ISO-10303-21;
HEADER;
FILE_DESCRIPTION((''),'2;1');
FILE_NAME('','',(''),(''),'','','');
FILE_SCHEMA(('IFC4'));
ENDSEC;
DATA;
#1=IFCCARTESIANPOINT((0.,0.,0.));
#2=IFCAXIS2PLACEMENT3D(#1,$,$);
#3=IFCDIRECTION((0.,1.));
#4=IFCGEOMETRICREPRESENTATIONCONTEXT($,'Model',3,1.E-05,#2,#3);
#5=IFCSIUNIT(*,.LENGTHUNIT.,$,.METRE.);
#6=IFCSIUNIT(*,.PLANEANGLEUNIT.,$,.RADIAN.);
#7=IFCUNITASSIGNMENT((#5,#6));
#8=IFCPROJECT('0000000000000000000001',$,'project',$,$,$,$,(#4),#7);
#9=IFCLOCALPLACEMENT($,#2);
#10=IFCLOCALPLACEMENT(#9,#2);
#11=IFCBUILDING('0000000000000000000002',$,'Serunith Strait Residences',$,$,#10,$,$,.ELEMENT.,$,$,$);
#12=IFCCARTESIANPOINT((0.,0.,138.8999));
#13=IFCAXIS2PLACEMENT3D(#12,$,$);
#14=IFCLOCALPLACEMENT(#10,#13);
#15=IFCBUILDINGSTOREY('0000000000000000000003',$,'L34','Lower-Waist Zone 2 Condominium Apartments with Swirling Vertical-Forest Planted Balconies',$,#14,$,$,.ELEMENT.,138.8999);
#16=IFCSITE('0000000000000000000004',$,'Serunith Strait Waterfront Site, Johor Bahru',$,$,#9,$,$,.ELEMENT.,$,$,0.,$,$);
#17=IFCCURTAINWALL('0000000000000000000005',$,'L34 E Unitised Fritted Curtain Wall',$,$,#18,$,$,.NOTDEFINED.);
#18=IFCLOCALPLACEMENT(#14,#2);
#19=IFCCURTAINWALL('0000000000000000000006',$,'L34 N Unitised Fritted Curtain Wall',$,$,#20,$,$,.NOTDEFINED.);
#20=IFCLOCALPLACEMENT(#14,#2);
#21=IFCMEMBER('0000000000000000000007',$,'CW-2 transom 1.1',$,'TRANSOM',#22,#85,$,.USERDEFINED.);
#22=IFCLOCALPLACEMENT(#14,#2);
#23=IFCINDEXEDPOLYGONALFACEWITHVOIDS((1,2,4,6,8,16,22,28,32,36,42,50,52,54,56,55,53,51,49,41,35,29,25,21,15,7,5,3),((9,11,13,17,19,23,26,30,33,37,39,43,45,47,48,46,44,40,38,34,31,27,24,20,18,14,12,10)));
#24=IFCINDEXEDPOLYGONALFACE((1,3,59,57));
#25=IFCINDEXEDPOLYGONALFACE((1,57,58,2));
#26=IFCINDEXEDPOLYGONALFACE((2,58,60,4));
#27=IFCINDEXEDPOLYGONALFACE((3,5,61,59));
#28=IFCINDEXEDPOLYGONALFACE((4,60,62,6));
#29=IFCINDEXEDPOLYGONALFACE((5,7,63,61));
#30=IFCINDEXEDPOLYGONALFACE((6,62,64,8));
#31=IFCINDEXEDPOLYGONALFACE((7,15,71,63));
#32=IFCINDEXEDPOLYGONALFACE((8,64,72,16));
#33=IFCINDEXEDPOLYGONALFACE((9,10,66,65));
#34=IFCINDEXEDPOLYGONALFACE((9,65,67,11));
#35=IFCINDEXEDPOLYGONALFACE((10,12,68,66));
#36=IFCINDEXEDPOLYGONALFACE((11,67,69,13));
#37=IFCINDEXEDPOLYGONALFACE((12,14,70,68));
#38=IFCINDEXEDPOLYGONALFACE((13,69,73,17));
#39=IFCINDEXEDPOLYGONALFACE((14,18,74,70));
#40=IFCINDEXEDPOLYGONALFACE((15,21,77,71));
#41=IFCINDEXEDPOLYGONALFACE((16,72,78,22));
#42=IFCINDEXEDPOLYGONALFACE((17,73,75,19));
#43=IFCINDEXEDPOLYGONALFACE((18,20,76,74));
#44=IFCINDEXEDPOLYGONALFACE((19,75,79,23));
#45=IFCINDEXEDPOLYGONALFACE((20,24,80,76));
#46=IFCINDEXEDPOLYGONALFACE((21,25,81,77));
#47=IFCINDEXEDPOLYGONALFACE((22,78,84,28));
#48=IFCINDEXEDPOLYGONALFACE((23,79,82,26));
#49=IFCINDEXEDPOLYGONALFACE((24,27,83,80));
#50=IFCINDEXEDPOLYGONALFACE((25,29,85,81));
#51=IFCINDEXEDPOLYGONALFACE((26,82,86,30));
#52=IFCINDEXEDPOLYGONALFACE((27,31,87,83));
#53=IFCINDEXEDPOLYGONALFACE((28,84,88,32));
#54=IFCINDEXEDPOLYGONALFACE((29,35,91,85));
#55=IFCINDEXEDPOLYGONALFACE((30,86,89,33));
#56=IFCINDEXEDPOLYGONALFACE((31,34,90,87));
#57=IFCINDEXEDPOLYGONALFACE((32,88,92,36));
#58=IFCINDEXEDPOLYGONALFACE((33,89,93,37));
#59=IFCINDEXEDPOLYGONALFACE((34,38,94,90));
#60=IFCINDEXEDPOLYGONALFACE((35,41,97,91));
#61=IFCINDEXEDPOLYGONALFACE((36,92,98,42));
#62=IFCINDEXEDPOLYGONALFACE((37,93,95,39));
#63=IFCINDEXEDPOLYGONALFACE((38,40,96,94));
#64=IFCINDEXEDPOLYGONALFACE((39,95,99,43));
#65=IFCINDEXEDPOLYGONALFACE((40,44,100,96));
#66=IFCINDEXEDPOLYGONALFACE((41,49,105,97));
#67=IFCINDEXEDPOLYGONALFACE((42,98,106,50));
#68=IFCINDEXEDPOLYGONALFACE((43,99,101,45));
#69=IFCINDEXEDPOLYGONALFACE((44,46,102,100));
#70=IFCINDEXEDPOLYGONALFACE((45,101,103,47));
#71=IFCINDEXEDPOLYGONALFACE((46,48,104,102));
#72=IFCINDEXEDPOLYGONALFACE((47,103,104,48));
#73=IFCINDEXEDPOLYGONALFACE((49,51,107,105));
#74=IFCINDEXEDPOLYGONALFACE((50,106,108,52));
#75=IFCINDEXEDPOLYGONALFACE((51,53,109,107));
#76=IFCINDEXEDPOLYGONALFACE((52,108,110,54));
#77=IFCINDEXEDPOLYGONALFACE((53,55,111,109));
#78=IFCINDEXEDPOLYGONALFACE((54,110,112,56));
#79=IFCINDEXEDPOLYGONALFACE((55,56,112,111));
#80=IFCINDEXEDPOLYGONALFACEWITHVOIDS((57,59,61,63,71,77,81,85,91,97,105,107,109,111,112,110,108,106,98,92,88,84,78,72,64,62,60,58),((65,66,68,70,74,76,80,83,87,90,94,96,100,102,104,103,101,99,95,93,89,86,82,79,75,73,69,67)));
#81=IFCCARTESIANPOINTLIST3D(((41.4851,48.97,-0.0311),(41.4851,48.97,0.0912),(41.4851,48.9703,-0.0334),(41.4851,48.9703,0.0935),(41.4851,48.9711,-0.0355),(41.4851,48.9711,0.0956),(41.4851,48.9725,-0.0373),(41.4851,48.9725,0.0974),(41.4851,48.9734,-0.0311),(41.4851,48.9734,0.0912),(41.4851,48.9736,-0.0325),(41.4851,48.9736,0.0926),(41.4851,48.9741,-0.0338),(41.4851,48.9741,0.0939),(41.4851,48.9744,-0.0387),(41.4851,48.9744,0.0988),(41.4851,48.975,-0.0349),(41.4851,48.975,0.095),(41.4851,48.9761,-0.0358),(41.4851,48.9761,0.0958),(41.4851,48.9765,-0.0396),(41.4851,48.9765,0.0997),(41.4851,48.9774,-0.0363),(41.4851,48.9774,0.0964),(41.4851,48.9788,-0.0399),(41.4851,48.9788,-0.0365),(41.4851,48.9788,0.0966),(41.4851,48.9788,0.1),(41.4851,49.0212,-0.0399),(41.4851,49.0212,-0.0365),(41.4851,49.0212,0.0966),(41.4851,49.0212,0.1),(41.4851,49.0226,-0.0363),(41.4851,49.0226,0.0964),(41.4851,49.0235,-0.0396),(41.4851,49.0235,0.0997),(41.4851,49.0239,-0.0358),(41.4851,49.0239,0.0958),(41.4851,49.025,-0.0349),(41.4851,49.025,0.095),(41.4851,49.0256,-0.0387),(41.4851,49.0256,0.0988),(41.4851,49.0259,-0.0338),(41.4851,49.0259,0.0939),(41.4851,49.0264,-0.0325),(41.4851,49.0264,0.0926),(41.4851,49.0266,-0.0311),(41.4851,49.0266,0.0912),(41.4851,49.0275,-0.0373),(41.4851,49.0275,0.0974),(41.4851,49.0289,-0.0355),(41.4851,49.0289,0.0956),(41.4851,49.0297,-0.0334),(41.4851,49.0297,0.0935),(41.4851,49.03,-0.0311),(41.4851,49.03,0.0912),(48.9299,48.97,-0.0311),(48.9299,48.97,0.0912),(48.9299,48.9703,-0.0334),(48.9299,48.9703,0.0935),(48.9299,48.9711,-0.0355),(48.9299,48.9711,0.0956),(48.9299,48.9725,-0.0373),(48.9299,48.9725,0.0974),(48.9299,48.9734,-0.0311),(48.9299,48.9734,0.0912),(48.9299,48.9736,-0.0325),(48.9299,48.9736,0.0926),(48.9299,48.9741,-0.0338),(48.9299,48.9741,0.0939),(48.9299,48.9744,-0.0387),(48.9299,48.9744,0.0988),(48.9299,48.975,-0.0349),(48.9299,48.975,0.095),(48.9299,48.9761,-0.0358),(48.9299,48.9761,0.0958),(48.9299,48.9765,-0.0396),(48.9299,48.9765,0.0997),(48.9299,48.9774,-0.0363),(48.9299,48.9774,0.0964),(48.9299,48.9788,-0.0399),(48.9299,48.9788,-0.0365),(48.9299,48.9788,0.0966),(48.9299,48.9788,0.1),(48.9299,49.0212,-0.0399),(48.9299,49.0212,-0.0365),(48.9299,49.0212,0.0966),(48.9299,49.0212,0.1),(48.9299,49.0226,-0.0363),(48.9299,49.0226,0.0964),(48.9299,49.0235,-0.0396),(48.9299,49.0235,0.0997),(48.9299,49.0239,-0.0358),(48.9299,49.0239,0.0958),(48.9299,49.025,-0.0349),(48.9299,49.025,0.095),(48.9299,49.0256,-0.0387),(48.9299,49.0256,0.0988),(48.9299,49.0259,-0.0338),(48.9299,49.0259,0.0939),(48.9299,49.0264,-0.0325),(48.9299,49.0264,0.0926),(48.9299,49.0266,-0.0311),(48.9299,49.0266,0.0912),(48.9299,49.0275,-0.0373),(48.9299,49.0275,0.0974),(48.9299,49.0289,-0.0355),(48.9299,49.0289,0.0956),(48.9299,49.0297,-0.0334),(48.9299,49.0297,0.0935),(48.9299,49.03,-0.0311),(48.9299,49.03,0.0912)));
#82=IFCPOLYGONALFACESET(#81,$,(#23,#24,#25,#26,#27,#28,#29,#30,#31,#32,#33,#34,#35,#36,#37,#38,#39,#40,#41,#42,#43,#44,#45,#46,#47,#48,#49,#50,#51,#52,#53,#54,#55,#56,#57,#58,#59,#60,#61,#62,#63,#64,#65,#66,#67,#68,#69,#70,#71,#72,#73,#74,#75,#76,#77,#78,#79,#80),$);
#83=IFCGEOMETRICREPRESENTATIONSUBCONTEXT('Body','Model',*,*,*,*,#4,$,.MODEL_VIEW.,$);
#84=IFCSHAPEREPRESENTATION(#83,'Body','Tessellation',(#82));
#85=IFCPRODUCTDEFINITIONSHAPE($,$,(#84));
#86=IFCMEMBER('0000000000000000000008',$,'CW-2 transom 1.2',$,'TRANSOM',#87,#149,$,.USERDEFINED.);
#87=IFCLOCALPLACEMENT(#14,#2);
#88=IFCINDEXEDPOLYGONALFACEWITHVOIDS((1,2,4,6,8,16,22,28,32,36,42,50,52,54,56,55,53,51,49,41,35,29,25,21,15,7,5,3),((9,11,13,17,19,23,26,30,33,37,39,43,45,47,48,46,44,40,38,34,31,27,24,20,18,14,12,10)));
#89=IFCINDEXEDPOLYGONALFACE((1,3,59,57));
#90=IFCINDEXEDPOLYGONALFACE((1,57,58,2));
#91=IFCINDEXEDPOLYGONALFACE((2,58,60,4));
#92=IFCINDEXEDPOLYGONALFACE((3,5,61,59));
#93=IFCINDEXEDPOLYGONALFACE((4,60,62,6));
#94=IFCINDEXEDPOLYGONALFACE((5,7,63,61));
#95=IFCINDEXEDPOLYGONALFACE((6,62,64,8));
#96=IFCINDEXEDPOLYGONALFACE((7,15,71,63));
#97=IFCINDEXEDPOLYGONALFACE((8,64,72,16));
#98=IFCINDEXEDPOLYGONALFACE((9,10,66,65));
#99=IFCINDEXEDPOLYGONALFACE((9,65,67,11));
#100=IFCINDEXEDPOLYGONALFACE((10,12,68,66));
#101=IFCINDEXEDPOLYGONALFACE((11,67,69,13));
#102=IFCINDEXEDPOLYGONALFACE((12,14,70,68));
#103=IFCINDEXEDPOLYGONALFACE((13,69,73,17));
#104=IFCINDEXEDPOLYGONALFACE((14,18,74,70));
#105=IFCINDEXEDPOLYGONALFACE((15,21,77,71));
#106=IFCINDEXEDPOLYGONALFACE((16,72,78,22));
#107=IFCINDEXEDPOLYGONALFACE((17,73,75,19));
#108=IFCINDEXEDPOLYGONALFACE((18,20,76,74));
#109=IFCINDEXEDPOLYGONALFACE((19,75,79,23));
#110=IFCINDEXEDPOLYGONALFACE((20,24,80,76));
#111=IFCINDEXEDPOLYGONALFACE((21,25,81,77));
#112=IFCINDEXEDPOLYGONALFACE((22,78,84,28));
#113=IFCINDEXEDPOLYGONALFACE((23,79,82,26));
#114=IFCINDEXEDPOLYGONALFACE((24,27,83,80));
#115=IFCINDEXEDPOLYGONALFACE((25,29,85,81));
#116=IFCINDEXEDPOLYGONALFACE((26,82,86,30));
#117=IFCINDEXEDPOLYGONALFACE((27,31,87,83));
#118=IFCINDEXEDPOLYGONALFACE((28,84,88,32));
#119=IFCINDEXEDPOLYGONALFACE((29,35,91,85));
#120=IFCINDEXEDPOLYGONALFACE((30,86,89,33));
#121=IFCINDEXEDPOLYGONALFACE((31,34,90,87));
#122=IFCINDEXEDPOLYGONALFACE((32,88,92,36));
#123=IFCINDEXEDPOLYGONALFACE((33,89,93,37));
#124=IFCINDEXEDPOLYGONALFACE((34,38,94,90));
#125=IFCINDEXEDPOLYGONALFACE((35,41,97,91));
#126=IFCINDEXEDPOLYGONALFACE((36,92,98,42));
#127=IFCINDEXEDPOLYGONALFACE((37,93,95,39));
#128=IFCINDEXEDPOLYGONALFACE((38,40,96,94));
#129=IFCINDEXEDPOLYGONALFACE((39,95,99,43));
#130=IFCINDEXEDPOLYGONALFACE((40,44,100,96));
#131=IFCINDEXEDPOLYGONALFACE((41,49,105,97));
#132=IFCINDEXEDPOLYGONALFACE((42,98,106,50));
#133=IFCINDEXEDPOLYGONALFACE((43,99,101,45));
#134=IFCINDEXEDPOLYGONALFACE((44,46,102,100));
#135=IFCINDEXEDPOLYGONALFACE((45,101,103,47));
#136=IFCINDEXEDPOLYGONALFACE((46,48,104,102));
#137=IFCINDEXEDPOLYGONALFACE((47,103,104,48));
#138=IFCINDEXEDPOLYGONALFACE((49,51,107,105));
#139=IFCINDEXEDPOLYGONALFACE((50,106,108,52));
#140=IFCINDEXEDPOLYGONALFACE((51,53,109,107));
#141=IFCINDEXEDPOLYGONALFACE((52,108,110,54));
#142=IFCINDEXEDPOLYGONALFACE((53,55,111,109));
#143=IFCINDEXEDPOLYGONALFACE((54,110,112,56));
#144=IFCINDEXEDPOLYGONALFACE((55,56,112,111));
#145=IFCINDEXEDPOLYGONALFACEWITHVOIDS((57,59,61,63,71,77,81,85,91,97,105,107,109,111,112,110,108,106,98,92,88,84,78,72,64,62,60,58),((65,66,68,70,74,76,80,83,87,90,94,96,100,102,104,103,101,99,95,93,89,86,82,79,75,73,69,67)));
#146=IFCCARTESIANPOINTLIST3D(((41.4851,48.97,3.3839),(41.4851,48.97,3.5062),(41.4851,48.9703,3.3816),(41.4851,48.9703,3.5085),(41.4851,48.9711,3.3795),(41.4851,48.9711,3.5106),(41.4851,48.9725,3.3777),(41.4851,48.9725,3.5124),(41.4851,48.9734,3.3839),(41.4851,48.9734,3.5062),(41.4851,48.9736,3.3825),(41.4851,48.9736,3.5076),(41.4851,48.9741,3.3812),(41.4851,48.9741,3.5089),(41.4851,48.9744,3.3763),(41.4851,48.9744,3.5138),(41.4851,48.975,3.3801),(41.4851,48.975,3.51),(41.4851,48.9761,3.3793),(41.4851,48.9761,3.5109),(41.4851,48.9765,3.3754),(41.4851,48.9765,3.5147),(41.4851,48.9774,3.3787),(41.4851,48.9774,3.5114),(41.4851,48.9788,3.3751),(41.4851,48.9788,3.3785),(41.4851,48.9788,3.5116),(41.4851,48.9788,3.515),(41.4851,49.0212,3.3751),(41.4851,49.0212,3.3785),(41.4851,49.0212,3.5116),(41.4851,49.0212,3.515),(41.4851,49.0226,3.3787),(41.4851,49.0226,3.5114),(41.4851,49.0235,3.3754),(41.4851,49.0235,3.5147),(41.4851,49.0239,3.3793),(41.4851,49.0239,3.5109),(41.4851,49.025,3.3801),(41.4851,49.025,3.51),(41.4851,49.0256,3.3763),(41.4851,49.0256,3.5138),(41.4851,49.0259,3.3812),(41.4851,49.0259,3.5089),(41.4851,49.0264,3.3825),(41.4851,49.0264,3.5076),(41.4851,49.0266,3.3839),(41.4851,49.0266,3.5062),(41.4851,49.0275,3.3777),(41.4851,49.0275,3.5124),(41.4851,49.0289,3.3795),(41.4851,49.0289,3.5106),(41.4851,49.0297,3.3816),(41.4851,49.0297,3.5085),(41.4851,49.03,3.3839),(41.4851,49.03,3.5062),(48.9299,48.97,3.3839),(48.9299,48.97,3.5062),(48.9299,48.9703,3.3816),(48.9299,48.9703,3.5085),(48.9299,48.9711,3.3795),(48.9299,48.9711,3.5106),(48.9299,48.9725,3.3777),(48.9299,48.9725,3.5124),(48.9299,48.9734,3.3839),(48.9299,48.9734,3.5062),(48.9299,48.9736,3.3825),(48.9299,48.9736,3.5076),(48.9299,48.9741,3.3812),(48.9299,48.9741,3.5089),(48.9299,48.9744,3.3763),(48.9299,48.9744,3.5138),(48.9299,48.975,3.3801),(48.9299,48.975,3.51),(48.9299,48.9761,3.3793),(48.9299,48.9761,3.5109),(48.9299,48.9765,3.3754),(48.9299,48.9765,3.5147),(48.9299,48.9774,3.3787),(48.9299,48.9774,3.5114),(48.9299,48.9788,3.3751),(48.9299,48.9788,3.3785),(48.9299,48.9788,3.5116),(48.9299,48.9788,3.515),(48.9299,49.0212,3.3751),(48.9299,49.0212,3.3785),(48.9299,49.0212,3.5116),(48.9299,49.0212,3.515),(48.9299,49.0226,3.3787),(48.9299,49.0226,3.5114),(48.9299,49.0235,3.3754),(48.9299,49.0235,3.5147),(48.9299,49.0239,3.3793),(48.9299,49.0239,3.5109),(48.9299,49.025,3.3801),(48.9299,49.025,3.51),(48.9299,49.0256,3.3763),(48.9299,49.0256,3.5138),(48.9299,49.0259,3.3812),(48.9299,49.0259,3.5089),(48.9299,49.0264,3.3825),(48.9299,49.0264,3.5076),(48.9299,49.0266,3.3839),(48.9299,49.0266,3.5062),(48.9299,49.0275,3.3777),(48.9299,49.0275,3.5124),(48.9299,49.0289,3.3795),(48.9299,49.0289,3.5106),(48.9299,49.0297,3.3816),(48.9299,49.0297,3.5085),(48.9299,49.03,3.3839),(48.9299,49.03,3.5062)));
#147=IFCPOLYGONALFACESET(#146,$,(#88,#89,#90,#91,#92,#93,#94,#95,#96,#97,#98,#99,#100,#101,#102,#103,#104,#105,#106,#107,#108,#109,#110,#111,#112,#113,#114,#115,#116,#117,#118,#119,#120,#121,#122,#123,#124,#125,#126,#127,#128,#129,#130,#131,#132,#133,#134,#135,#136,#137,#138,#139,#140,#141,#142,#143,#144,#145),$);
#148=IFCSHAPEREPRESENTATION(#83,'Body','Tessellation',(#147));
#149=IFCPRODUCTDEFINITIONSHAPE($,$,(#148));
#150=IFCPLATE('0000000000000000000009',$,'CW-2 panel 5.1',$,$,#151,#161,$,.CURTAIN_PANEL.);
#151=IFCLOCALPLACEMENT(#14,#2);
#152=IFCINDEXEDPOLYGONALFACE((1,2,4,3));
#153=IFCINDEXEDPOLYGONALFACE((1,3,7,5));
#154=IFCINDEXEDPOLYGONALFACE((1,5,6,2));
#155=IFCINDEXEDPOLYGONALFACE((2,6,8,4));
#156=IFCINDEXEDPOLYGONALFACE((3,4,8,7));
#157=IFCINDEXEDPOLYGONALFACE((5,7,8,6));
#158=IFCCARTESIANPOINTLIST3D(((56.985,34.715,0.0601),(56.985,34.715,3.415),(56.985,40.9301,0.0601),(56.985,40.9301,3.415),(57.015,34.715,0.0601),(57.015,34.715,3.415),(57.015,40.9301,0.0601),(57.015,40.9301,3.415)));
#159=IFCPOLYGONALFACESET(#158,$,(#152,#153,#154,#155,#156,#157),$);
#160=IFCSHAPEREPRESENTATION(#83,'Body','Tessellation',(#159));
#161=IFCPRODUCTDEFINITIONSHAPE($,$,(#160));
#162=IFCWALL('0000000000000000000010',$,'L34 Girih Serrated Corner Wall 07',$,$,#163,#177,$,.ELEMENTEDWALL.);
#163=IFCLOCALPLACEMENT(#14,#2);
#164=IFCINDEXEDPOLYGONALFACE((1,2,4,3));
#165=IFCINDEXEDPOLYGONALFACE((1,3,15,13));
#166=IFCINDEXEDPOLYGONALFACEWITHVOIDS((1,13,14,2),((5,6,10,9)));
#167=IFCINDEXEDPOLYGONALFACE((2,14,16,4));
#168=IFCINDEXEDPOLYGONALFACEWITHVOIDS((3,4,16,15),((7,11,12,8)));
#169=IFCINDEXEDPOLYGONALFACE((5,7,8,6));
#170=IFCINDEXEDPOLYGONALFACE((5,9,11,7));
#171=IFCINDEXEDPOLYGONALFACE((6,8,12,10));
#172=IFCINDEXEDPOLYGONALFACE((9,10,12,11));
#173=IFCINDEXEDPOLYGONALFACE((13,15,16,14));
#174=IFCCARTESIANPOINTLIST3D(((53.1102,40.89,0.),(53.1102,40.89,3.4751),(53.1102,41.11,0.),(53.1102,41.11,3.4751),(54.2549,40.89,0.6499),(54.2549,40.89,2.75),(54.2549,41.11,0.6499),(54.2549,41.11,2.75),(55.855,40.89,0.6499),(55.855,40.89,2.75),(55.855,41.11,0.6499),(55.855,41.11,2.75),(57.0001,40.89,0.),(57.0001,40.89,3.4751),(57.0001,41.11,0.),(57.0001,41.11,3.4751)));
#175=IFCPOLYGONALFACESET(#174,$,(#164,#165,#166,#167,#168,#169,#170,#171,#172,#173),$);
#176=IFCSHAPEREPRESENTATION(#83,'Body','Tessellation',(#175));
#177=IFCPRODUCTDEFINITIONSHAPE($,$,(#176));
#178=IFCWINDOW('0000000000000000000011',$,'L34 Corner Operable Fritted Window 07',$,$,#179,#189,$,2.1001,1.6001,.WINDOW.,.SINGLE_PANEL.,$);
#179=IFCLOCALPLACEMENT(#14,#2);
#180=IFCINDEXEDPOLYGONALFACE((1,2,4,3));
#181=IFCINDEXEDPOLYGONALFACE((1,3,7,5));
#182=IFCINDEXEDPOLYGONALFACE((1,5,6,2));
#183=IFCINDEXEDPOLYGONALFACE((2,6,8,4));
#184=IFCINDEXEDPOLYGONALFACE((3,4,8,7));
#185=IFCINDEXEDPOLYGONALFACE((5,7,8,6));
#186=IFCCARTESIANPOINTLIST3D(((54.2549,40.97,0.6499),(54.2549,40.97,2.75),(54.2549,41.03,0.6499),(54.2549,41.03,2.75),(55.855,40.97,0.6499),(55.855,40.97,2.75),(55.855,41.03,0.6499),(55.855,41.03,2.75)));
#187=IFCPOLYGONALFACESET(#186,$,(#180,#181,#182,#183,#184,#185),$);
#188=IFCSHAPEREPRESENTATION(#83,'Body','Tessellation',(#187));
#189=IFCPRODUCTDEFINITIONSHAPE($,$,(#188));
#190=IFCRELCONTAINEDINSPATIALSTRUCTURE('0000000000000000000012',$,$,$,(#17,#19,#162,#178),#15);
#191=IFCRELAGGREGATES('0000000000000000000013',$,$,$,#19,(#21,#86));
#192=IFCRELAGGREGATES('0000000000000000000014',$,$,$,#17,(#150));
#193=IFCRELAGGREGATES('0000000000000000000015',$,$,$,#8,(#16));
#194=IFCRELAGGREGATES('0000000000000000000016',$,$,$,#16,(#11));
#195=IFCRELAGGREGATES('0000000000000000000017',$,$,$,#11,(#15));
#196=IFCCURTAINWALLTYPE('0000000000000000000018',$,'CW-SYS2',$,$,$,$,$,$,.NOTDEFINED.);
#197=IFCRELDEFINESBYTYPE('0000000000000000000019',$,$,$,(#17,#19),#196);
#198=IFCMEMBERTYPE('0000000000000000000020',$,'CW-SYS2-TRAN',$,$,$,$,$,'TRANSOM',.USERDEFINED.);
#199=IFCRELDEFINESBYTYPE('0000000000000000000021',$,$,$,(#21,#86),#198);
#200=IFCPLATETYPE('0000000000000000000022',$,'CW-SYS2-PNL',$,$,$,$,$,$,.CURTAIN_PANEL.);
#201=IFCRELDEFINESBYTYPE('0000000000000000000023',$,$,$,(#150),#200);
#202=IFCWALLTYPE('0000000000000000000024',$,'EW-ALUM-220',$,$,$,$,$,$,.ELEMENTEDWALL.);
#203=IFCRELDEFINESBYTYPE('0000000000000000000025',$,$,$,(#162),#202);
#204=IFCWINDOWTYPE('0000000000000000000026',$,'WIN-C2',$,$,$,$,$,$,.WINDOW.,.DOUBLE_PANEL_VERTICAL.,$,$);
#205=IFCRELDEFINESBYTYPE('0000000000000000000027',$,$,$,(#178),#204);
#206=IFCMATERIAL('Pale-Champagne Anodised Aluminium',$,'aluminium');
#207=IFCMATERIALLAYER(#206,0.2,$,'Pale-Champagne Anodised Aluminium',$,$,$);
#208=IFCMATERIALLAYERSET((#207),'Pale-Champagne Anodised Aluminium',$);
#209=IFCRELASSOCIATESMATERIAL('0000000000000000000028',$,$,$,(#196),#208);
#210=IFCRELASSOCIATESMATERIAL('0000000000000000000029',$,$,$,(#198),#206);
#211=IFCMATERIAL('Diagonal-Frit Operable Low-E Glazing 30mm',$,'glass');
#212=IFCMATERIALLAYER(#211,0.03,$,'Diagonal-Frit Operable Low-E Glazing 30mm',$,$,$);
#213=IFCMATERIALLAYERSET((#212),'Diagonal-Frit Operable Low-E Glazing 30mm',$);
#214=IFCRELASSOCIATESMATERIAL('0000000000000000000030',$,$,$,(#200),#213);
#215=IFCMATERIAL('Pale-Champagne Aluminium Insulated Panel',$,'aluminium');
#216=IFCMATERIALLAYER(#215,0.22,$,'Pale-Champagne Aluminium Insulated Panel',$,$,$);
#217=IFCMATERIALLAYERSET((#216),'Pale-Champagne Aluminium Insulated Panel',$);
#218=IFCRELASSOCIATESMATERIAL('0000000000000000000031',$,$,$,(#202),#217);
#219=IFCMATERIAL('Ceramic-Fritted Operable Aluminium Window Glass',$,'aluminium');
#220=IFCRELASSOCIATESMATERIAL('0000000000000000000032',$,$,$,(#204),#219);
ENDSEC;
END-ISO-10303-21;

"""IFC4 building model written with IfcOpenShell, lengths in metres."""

from ifc_helpers import new_model, si_unit, direction, frame, frame_2d, origin, origin_2d, place, context, subcontext, project, spatial, rectangle, hollow_rectangle, extrude, source, transform, mapped, material, layer, layer_set, material_profile, profile_set, type_object, element, fill, aggregate, save


model = new_model("IFC4")

# Units and contexts
model_context = context("Model", 3, precision=1e-05, world=origin(), true_north=direction((0.0, 1.0)))
body_context = subcontext(model_context, "Body", "Model", "MODEL_VIEW")
ifc_project = project(units=[si_unit("LENGTHUNIT", "METRE"), si_unit("PLANEANGLEUNIT", "RADIAN")], contexts=[model_context])

# Site, building, storey
site_placement = place(None, origin())
site = spatial("IfcSite", under=ifc_project, at=site_placement, Name="Serunith Strait Waterfront Site, Johor Bahru", CompositionType="ELEMENT", RefElevation=0.0)
building_placement = place(site_placement, origin())
building = spatial("IfcBuilding", under=site, at=building_placement, Name="Serunith Strait Residences", CompositionType="ELEMENT")
storey_placement = place(building_placement, frame((0.0, 0.0, 138.8999)))
storey = spatial("IfcBuildingStorey", under=building, at=storey_placement, Name="L34", Description="Lower-Waist Zone 2 Condominium Apartments with Swirling Vertical-Forest Planted Balconies", CompositionType="ELEMENT", Elevation=138.8999)

# Curtain wall
ifc_material_1 = material(Name="Pale-Champagne Anodised Aluminium", Category="aluminium")
ifc_layer_1 = layer(ifc_material_1, 0.2, Name="Pale-Champagne Anodised Aluminium")
ifc_layer_set_1 = layer_set([ifc_layer_1], Name="Pale-Champagne Anodised Aluminium")
curtain_wall_type = type_object("IfcCurtainWallType", Name="CW-SYS2", PredefinedType="NOTDEFINED", material=ifc_layer_set_1)
curtain_wall_1_placement = place(storey_placement, origin())
curtain_wall_1 = element("IfcCurtainWall", 1, at=curtain_wall_1_placement, inside=storey, type_object=curtain_wall_type, Name="L34 E Unitised Fritted Curtain Wall", PredefinedType="NOTDEFINED")

# Curtain wall, members
curtain_wall_2_placement = place(storey_placement, origin())
curtain_wall_2 = element("IfcCurtainWall", 2, at=curtain_wall_2_placement, inside=storey, type_object=curtain_wall_type, Name="L34 N Unitised Fritted Curtain Wall", PredefinedType="NOTDEFINED")
ifc_material_profile_1 = material_profile(ifc_material_1, hollow_rectangle(XDim=0.0601, YDim=0.1399, WallThickness=0.0034, InnerFilletRadius=0.0054, OuterFilletRadius=0.0088, at=origin_2d()), Name="ALU 140x60x3.5")
ifc_profile_set_1 = profile_set([ifc_material_profile_1], Name="Pale-Champagne Anodised Aluminium")
member_type_1 = type_object("IfcMemberType", Name="CW-SYS2-TRAN", ElementType="TRANSOM", PredefinedType="USERDEFINED", material=ifc_profile_set_1)
shared_shape_1 = source(origin(), body_context, "Body", "SweptSolid", [
    extrude(hollow_rectangle(XDim=0.0601, YDim=0.1399, WallThickness=0.0034, InnerFilletRadius=0.0054, OuterFilletRadius=0.0088, at=origin_2d()), origin(), (0.0, 0.0, 1.0), 7.4448),
])
member_1_placement = place(storey_placement, frame((48.9299, 49.0, 0.03), z_axis=(-1.0, 0.0, 0.0), x_axis=(0.0, -1.0, 0.0)))
member_1 = element("IfcMember", 3, at=member_1_placement, type_object=member_type_1, Name="CW-2 transom 1.1", ObjectType="TRANSOM", PredefinedType="USERDEFINED", context=body_context, shape_type="MappedRepresentation", body=[
    mapped(shared_shape_1, transform((0.0, 0.0, 0.0), scale=1.0)),
])
member_2_placement = place(storey_placement, frame((48.9299, 49.0, 3.4451), z_axis=(-1.0, 0.0, 0.0), x_axis=(0.0, -1.0, 0.0)))
member_2 = element("IfcMember", 4, at=member_2_placement, type_object=member_type_1, Name="CW-2 transom 1.2", ObjectType="TRANSOM", PredefinedType="USERDEFINED", context=body_context, shape_type="MappedRepresentation", body=[
    mapped(shared_shape_1, transform((0.0, 0.0, 0.0), scale=1.0)),
])
aggregate(curtain_wall_2, [member_1, member_2])

# Plate
ifc_material_2 = material(Name="Diagonal-Frit Operable Low-E Glazing 30mm", Category="glass")
ifc_layer_2 = layer(ifc_material_2, 0.03, Name="Diagonal-Frit Operable Low-E Glazing 30mm")
ifc_layer_set_2 = layer_set([ifc_layer_2], Name="Diagonal-Frit Operable Low-E Glazing 30mm")
plate_type = type_object("IfcPlateType", Name="CW-SYS2-PNL", PredefinedType="CURTAIN_PANEL", material=ifc_layer_set_2)
shared_shape_2 = source(origin(), body_context, "Body", "SweptSolid", [
    extrude(rectangle(XDim=6.2151, YDim=0.03, at=origin_2d()), origin(), (0.0, 0.0, 1.0), 3.355),
])
plate_placement = place(storey_placement, frame((57.0, 37.8225, 0.0601), z_axis=(0.0, 0.0, 1.0), x_axis=(0.0, 1.0, 0.0)))
plate = element("IfcPlate", 5, at=plate_placement, type_object=plate_type, Name="CW-2 panel 5.1", PredefinedType="CURTAIN_PANEL", context=body_context, shape_type="MappedRepresentation", body=[
    mapped(shared_shape_2, transform((0.0, 0.0, 0.0), scale=1.0)),
])
aggregate(curtain_wall_1, [plate])

# Wall, opening, window
ifc_material_3 = material(Name="Pale-Champagne Aluminium Insulated Panel", Category="aluminium")
ifc_layer_3 = layer(ifc_material_3, 0.22, Name="Pale-Champagne Aluminium Insulated Panel")
ifc_layer_set_3 = layer_set([ifc_layer_3], Name="Pale-Champagne Aluminium Insulated Panel")
wall_type_1 = type_object("IfcWallType", Name="EW-ALUM-220", PredefinedType="ELEMENTEDWALL", material=ifc_layer_set_3)
wall_1_placement = place(storey_placement, frame((57.0, 41.0, 0.0), z_axis=(0.0, 0.0, 1.0), x_axis=(-1.0, 0.0, 0.0)))
wall_1 = element("IfcWall", 6, at=wall_1_placement, inside=storey, type_object=wall_type_1, Name="L34 Girih Serrated Corner Wall 07", PredefinedType="ELEMENTEDWALL", context=body_context, shape_type="SweptSolid", body=[
    extrude(rectangle(XDim=3.8899, YDim=0.22, at=frame_2d((1.9448, 0.0))), origin(), (0.0, 0.0, 1.0), 3.4751),
])
opening_1_placement = place(wall_1_placement, frame((1.145, 0.0, 0.6499)))
opening_1 = element("IfcOpeningElement", 7, at=opening_1_placement, cuts=wall_1, PredefinedType="OPENING", context=body_context, shape_type="SweptSolid", body=[
    extrude(rectangle(XDim=1.6001, YDim=2.1001, at=frame_2d((0.8, 1.05))), frame((0.0, 0.1201, 0.0), z_axis=(0.0, -1.0, 0.0), x_axis=(1.0, 0.0, 0.0)), (0.0, 0.0, 1.0), 0.24),
])
ifc_material_4 = material(Name="Ceramic-Fritted Operable Aluminium Window Glass", Category="aluminium")
window_type = type_object("IfcWindowType", Name="WIN-C2", PartitioningType="DOUBLE_PANEL_VERTICAL", PredefinedType="WINDOW", material=ifc_material_4)
shared_shape_3 = source(origin(), body_context, "Body", "SweptSolid", [
    extrude(rectangle(XDim=1.6001, YDim=2.1001, at=frame_2d((0.8, 1.05))), frame((0.0, 0.03, 0.0), z_axis=(0.0, -1.0, 0.0), x_axis=(1.0, 0.0, 0.0)), (0.0, 0.0, 1.0), 0.0601),
])
window_1_placement = place(opening_1_placement, origin())
window_1 = element("IfcWindow", 8, at=window_1_placement, inside=storey, type_object=window_type, Name="L34 Corner Operable Fritted Window 07", OverallHeight=2.1001, OverallWidth=1.6001, PartitioningType="SINGLE_PANEL", PredefinedType="WINDOW", context=body_context, shape_type="MappedRepresentation", body=[
    mapped(shared_shape_3, transform((0.0, 0.0, 0.0), scale=1.0)),
])
fill(opening_1, window_1)

save(model, "model.ifc")
